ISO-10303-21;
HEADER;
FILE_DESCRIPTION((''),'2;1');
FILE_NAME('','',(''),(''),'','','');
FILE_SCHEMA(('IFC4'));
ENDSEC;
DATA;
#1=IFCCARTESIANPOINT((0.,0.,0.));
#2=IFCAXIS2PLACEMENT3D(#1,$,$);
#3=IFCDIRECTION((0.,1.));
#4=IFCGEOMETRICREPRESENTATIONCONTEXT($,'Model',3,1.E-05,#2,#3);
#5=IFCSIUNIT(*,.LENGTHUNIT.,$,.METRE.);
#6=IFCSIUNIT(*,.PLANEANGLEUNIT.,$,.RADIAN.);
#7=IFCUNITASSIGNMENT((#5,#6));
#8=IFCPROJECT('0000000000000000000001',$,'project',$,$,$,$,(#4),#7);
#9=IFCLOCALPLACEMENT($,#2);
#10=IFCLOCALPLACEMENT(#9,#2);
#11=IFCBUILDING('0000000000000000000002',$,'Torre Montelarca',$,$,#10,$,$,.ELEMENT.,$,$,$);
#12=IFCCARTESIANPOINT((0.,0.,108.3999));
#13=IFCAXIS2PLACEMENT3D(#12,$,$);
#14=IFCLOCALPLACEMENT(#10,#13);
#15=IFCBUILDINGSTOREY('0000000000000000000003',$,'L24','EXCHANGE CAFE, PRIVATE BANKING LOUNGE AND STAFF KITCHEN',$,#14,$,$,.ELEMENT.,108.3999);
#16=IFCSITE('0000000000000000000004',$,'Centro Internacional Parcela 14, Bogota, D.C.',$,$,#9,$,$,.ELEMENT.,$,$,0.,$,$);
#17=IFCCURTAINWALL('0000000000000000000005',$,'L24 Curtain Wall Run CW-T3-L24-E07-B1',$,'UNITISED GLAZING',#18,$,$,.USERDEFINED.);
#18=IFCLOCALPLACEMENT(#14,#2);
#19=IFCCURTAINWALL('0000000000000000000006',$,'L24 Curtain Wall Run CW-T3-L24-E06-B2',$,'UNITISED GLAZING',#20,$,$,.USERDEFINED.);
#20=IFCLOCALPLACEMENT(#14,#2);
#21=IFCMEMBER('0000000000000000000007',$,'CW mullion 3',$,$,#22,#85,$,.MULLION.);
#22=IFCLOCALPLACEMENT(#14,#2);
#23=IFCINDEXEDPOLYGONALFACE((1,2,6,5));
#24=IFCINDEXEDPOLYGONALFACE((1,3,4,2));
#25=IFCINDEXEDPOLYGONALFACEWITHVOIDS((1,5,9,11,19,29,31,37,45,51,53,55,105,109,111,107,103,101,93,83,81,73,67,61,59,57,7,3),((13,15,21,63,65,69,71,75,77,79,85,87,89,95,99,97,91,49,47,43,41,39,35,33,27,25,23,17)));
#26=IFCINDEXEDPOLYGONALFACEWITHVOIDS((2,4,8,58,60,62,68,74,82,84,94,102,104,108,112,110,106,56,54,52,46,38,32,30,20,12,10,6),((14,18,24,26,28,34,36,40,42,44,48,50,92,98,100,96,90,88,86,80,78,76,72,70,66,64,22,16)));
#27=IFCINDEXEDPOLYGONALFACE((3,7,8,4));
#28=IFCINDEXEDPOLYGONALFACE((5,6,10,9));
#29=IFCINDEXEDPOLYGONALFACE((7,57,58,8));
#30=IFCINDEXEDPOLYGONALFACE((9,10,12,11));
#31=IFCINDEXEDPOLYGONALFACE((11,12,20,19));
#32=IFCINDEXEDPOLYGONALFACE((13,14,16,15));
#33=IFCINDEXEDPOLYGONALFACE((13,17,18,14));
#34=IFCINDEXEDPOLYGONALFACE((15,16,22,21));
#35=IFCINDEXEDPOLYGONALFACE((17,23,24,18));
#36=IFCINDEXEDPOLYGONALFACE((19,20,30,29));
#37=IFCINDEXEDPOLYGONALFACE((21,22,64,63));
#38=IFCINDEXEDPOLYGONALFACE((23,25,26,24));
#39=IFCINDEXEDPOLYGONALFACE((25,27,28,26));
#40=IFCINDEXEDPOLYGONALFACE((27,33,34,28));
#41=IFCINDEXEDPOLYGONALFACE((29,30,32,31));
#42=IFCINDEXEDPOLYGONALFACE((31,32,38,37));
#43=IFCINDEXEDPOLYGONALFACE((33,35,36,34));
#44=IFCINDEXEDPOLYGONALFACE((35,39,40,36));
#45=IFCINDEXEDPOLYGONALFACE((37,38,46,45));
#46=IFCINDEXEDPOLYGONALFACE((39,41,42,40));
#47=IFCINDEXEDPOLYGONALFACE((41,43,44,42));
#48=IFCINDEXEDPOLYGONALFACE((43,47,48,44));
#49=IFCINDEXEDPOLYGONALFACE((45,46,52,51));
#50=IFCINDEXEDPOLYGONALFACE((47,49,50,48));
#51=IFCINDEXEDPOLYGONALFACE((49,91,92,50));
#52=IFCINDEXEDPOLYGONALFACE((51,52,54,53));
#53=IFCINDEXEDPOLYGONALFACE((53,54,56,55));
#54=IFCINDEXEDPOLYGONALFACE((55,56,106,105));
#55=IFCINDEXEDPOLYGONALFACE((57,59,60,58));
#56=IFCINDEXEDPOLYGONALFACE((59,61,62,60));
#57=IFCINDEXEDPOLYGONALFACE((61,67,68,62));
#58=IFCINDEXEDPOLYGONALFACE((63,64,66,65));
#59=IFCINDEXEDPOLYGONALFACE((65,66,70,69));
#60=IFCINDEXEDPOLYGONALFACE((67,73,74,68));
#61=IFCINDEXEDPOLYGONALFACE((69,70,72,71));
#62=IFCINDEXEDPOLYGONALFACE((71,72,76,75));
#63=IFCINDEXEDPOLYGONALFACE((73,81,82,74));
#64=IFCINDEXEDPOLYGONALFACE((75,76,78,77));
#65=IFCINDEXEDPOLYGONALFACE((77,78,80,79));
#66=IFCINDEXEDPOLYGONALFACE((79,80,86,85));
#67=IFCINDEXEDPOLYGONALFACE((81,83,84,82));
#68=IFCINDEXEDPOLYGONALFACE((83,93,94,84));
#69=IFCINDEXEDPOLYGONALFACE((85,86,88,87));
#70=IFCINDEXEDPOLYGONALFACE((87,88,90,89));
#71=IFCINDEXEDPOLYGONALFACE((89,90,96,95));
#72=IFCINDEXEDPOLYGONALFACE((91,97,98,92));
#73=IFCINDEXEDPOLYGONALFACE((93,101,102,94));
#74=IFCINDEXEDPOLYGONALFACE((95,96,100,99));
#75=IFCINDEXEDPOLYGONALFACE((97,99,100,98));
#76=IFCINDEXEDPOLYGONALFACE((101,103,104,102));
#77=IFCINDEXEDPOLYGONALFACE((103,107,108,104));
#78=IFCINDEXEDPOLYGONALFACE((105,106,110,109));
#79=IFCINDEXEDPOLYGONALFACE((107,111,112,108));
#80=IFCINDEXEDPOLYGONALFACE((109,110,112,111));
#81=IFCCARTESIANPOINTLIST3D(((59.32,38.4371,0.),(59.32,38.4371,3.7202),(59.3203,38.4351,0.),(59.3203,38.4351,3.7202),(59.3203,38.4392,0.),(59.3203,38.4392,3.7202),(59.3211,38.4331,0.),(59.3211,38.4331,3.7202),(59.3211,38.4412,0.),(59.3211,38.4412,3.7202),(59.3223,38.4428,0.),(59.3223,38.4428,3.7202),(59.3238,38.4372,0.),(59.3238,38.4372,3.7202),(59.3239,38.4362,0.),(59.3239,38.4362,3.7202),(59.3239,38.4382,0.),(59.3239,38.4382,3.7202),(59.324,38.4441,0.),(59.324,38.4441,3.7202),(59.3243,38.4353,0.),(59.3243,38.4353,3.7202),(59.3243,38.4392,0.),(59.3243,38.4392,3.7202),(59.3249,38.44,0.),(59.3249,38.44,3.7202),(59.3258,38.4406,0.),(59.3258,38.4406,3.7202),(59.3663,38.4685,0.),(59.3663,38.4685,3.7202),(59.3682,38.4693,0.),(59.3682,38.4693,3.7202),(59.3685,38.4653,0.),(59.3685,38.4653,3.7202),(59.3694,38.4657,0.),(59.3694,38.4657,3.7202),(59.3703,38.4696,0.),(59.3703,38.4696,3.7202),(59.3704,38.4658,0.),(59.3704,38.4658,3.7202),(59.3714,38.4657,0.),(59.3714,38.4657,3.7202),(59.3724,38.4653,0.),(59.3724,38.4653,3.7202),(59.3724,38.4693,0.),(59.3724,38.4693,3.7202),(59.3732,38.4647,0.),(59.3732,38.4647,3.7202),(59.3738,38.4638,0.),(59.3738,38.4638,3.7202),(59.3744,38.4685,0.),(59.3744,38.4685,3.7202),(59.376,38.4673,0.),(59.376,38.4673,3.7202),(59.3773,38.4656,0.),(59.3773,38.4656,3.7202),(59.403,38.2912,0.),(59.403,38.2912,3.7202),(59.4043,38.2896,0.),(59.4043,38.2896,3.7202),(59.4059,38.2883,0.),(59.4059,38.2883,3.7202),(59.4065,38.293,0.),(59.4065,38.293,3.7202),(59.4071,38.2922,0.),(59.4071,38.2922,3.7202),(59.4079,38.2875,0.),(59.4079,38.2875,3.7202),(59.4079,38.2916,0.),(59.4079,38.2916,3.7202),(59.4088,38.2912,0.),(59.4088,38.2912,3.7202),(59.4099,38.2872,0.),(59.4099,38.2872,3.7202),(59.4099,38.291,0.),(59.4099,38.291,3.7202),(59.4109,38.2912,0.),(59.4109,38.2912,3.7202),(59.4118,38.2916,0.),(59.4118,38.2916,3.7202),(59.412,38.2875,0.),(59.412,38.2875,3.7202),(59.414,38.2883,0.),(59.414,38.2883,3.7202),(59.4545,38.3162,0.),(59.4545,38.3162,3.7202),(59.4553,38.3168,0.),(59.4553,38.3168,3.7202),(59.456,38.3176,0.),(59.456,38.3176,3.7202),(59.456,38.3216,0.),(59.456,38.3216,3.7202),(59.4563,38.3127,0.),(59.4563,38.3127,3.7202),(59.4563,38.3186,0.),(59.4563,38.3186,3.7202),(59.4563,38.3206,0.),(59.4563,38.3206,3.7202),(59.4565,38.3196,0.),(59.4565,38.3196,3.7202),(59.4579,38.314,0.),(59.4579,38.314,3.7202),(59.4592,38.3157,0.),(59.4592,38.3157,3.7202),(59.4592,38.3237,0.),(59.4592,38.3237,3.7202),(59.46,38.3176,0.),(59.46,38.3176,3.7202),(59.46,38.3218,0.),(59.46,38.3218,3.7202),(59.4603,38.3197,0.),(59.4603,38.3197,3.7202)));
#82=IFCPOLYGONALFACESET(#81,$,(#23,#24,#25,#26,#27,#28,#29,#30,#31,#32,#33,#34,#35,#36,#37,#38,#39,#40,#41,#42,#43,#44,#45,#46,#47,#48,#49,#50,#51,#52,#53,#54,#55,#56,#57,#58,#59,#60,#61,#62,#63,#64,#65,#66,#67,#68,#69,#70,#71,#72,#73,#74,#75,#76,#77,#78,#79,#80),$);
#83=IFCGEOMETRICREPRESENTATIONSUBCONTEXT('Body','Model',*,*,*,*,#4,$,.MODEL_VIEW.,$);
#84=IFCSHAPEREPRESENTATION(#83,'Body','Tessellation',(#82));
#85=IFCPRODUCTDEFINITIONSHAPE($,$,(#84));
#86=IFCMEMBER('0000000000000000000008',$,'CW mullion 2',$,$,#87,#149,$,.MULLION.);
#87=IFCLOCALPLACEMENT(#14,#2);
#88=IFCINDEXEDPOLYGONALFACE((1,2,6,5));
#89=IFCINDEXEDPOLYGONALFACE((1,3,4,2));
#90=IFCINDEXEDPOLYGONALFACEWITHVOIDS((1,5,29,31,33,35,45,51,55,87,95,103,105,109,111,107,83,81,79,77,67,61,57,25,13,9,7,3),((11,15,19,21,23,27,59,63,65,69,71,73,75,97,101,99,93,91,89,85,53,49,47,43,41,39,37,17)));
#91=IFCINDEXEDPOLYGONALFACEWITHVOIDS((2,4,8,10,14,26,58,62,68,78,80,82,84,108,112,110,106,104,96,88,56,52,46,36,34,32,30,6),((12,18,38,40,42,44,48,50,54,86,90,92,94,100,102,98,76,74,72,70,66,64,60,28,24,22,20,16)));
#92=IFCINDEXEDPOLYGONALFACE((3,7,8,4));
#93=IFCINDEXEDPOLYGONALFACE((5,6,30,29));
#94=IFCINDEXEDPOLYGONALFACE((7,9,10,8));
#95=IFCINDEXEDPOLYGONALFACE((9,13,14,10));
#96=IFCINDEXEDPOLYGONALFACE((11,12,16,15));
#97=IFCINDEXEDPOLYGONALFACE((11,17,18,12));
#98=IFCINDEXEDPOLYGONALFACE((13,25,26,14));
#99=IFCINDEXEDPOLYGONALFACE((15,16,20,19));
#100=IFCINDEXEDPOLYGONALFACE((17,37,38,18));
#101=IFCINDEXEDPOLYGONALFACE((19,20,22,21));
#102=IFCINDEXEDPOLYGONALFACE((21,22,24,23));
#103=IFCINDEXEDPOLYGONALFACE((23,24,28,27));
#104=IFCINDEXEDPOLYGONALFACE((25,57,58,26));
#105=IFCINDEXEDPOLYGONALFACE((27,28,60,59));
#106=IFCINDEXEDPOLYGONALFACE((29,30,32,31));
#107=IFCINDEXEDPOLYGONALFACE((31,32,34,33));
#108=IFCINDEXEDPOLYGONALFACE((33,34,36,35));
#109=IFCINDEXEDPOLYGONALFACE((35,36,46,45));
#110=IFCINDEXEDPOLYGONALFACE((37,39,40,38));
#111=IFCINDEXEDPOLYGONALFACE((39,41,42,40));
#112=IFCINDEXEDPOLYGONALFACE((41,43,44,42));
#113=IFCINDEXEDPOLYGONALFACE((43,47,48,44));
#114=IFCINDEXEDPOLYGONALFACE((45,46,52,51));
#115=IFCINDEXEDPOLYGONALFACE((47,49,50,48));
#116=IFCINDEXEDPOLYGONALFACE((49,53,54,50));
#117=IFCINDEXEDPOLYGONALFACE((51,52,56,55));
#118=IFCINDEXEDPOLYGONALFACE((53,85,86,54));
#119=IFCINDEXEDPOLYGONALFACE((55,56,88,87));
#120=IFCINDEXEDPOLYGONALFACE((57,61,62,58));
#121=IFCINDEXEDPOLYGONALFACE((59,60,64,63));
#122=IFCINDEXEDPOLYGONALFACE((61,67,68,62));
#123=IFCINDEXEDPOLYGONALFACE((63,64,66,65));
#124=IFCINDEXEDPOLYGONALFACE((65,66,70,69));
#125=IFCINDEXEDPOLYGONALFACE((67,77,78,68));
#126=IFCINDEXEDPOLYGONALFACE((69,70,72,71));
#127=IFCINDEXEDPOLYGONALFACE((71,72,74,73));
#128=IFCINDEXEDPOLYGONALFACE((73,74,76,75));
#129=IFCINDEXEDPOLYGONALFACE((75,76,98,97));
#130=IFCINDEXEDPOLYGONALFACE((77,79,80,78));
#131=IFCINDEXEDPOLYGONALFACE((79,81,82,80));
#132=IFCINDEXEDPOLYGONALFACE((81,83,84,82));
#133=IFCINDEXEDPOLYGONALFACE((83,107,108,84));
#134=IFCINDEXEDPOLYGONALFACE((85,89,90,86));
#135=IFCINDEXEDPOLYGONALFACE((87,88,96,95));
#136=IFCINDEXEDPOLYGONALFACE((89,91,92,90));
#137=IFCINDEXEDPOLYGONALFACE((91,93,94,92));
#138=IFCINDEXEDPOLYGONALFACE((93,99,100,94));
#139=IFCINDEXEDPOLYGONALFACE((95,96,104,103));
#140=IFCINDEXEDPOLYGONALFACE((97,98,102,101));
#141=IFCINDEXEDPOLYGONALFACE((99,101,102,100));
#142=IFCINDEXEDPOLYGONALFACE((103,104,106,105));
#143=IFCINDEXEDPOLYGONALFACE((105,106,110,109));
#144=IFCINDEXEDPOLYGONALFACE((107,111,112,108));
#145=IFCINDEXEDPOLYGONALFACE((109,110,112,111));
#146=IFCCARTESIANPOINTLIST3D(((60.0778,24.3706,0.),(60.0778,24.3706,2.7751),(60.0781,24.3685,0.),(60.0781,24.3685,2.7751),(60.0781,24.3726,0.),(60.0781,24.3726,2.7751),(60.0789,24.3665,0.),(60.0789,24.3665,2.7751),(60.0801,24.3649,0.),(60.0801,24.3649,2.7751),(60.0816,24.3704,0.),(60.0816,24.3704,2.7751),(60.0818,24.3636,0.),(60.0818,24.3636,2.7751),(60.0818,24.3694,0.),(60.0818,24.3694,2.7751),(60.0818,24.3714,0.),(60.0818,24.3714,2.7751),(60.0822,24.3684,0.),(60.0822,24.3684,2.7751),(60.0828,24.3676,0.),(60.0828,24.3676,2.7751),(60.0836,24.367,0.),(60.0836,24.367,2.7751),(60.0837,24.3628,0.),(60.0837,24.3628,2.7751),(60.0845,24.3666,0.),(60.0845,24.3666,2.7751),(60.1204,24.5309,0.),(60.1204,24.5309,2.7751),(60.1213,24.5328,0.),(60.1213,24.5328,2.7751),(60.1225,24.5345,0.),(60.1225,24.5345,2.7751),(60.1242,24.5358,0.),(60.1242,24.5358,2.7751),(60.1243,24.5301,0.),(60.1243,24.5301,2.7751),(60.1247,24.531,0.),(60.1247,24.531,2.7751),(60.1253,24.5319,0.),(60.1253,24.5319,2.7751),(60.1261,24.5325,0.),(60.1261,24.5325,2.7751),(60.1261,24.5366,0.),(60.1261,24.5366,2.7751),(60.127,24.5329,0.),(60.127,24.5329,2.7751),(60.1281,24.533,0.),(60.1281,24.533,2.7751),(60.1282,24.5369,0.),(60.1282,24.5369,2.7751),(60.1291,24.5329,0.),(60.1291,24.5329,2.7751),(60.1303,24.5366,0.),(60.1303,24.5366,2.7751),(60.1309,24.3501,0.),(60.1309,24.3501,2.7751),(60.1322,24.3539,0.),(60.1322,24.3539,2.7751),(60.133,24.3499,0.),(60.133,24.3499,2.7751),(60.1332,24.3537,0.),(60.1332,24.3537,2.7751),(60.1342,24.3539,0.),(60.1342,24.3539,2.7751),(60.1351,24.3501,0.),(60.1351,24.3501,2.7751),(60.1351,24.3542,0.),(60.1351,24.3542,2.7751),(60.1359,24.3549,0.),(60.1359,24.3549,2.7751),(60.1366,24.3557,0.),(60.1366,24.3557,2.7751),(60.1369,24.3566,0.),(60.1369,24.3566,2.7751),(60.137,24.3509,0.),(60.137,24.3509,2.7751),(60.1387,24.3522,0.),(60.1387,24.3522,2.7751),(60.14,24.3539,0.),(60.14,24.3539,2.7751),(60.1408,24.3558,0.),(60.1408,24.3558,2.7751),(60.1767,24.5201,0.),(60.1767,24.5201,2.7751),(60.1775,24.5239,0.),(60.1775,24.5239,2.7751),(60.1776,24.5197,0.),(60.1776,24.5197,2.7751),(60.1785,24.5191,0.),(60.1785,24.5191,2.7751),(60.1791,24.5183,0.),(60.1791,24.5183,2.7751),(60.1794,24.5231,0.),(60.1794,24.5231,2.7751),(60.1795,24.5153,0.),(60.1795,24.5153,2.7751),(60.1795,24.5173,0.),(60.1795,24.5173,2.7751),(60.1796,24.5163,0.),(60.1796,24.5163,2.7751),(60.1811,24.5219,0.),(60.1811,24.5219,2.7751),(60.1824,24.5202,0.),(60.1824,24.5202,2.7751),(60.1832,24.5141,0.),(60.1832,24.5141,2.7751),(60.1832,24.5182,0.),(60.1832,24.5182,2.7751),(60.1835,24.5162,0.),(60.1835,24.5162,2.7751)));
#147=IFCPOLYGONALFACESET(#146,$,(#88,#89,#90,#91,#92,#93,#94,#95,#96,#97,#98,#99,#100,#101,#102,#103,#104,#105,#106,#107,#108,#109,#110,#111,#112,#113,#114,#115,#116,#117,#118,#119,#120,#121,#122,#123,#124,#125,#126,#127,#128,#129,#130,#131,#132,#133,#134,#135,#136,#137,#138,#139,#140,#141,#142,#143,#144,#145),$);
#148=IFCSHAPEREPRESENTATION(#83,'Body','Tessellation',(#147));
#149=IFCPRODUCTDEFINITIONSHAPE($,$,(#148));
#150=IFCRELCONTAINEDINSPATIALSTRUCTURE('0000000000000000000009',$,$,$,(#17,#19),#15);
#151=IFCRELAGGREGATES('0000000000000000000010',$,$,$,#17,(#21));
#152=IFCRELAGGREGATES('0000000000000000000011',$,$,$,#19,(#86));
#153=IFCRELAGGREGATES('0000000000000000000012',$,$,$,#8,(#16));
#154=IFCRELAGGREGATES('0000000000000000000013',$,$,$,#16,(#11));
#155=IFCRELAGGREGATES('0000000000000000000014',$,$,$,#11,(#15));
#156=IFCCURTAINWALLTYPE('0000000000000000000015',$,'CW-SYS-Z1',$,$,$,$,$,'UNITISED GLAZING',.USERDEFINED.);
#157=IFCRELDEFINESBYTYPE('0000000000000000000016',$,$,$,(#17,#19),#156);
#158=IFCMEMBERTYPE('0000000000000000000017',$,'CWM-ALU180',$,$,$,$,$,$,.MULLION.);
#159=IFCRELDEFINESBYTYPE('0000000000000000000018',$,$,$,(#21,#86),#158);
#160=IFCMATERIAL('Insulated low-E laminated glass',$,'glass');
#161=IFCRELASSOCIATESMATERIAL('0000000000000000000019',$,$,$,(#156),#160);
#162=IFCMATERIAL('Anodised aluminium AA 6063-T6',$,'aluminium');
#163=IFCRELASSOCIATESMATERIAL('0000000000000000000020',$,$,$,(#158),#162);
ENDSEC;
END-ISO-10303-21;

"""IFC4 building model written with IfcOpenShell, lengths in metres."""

from ifc_helpers import new_model, si_unit, direction, frame, origin, origin_2d, place, context, subcontext, project, spatial, hollow_rectangle, extrude, source, transform, mapped, material, material_profile, profile_set, type_object, element, aggregate, save


model = new_model("IFC4")

# Units and contexts
model_context = context("Model", 3, precision=1e-05, world=origin(), true_north=direction((0.0, 1.0)))
body_context = subcontext(model_context, "Body", "Model", "MODEL_VIEW")
ifc_project = project(units=[si_unit("LENGTHUNIT", "METRE"), si_unit("PLANEANGLEUNIT", "RADIAN")], contexts=[model_context])

# Site, building, storey
site_placement = place(None, origin())
site = spatial("IfcSite", under=ifc_project, at=site_placement, Name="Centro Internacional Parcela 14, Bogota, D.C.", CompositionType="ELEMENT", RefElevation=0.0)
building_placement = place(site_placement, origin())
building = spatial("IfcBuilding", under=site, at=building_placement, Name="Torre Montelarca", CompositionType="ELEMENT")
storey_placement = place(building_placement, frame((0.0, 0.0, 108.3999)))
storey = spatial("IfcBuildingStorey", under=building, at=storey_placement, Name="L24", Description="EXCHANGE CAFE, PRIVATE BANKING LOUNGE AND STAFF KITCHEN", CompositionType="ELEMENT", Elevation=108.3999)

# Curtain walls
ifc_material_1 = material(Name="Insulated low-E laminated glass", Category="glass")
curtain_wall_type = type_object("IfcCurtainWallType", Name="CW-SYS-Z1", ElementType="UNITISED GLAZING", PredefinedType="USERDEFINED", material=ifc_material_1)
curtain_wall_1_placement = place(storey_placement, origin())
curtain_wall_1 = element("IfcCurtainWall", 1, at=curtain_wall_1_placement, inside=storey, type_object=curtain_wall_type, Name="L24 Curtain Wall Run CW-T3-L24-E07-B1", ObjectType="UNITISED GLAZING", PredefinedType="USERDEFINED")
ifc_material_2 = material(Name="Anodised aluminium AA 6063-T6", Category="aluminium")
curtain_wall_2_placement = place(storey_placement, origin())
curtain_wall_2 = element("IfcCurtainWall", 2, at=curtain_wall_2_placement, inside=storey, type_object=curtain_wall_type, Name="L24 Curtain Wall Run CW-T3-L24-E06-B2", ObjectType="UNITISED GLAZING", PredefinedType="USERDEFINED")

# Members
ifc_material_profile_1 = material_profile(ifc_material_2, hollow_rectangle(XDim=0.0649, YDim=0.1799, WallThickness=0.0039, InnerFilletRadius=0.0039, OuterFilletRadius=0.0081, at=origin_2d()), Name="ALU65X180X4", Category="aluminium")
ifc_profile_set_1 = profile_set([ifc_material_profile_1], Name="Anodised aluminium AA 6063-T6")
member_type_1 = type_object("IfcMemberType", Name="CWM-ALU180", PredefinedType="MULLION", material=ifc_profile_set_1)
shared_shape_1 = source(origin(), body_context, "Body", "SweptSolid", [
    extrude(hollow_rectangle(XDim=0.0649, YDim=0.1799, WallThickness=0.0039, InnerFilletRadius=0.0039, OuterFilletRadius=0.0081, at=origin_2d()), origin(), (0.0, 0.0, 1.0), 3.7202),
])
member_1_placement = place(storey_placement, frame((59.3901, 38.3784, 0.0), z_axis=(0.0, 0.0, 1.0), x_axis=(-0.866021, -0.500008, 0.0)))
member_1 = element("IfcMember", 3, at=member_1_placement, type_object=member_type_1, Name="CW mullion 3", PredefinedType="MULLION", context=body_context, shape_type="MappedRepresentation", body=[
    mapped(shared_shape_1, transform((0.0, 0.0, 0.0), scale=1.0)),
])
shared_shape_2 = source(origin(), body_context, "Body", "SweptSolid", [
    extrude(hollow_rectangle(XDim=0.0649, YDim=0.1799, WallThickness=0.0039, InnerFilletRadius=0.0039, OuterFilletRadius=0.0081, at=origin_2d()), origin(), (0.0, 0.0, 1.0), 2.7751),
])
member_2_placement = place(storey_placement, frame((60.1306, 24.4434, 0.0), z_axis=(0.0, 0.0, 1.0), x_axis=(-0.96593, 0.258803, 0.0)))
member_2 = element("IfcMember", 4, at=member_2_placement, type_object=member_type_1, Name="CW mullion 2", PredefinedType="MULLION", context=body_context, shape_type="MappedRepresentation", body=[
    mapped(shared_shape_2, transform((0.0, 0.0, 0.0), scale=1.0)),
])

aggregate(curtain_wall_1, [member_1])
aggregate(curtain_wall_2, [member_2])

save(model, "model.ifc")
